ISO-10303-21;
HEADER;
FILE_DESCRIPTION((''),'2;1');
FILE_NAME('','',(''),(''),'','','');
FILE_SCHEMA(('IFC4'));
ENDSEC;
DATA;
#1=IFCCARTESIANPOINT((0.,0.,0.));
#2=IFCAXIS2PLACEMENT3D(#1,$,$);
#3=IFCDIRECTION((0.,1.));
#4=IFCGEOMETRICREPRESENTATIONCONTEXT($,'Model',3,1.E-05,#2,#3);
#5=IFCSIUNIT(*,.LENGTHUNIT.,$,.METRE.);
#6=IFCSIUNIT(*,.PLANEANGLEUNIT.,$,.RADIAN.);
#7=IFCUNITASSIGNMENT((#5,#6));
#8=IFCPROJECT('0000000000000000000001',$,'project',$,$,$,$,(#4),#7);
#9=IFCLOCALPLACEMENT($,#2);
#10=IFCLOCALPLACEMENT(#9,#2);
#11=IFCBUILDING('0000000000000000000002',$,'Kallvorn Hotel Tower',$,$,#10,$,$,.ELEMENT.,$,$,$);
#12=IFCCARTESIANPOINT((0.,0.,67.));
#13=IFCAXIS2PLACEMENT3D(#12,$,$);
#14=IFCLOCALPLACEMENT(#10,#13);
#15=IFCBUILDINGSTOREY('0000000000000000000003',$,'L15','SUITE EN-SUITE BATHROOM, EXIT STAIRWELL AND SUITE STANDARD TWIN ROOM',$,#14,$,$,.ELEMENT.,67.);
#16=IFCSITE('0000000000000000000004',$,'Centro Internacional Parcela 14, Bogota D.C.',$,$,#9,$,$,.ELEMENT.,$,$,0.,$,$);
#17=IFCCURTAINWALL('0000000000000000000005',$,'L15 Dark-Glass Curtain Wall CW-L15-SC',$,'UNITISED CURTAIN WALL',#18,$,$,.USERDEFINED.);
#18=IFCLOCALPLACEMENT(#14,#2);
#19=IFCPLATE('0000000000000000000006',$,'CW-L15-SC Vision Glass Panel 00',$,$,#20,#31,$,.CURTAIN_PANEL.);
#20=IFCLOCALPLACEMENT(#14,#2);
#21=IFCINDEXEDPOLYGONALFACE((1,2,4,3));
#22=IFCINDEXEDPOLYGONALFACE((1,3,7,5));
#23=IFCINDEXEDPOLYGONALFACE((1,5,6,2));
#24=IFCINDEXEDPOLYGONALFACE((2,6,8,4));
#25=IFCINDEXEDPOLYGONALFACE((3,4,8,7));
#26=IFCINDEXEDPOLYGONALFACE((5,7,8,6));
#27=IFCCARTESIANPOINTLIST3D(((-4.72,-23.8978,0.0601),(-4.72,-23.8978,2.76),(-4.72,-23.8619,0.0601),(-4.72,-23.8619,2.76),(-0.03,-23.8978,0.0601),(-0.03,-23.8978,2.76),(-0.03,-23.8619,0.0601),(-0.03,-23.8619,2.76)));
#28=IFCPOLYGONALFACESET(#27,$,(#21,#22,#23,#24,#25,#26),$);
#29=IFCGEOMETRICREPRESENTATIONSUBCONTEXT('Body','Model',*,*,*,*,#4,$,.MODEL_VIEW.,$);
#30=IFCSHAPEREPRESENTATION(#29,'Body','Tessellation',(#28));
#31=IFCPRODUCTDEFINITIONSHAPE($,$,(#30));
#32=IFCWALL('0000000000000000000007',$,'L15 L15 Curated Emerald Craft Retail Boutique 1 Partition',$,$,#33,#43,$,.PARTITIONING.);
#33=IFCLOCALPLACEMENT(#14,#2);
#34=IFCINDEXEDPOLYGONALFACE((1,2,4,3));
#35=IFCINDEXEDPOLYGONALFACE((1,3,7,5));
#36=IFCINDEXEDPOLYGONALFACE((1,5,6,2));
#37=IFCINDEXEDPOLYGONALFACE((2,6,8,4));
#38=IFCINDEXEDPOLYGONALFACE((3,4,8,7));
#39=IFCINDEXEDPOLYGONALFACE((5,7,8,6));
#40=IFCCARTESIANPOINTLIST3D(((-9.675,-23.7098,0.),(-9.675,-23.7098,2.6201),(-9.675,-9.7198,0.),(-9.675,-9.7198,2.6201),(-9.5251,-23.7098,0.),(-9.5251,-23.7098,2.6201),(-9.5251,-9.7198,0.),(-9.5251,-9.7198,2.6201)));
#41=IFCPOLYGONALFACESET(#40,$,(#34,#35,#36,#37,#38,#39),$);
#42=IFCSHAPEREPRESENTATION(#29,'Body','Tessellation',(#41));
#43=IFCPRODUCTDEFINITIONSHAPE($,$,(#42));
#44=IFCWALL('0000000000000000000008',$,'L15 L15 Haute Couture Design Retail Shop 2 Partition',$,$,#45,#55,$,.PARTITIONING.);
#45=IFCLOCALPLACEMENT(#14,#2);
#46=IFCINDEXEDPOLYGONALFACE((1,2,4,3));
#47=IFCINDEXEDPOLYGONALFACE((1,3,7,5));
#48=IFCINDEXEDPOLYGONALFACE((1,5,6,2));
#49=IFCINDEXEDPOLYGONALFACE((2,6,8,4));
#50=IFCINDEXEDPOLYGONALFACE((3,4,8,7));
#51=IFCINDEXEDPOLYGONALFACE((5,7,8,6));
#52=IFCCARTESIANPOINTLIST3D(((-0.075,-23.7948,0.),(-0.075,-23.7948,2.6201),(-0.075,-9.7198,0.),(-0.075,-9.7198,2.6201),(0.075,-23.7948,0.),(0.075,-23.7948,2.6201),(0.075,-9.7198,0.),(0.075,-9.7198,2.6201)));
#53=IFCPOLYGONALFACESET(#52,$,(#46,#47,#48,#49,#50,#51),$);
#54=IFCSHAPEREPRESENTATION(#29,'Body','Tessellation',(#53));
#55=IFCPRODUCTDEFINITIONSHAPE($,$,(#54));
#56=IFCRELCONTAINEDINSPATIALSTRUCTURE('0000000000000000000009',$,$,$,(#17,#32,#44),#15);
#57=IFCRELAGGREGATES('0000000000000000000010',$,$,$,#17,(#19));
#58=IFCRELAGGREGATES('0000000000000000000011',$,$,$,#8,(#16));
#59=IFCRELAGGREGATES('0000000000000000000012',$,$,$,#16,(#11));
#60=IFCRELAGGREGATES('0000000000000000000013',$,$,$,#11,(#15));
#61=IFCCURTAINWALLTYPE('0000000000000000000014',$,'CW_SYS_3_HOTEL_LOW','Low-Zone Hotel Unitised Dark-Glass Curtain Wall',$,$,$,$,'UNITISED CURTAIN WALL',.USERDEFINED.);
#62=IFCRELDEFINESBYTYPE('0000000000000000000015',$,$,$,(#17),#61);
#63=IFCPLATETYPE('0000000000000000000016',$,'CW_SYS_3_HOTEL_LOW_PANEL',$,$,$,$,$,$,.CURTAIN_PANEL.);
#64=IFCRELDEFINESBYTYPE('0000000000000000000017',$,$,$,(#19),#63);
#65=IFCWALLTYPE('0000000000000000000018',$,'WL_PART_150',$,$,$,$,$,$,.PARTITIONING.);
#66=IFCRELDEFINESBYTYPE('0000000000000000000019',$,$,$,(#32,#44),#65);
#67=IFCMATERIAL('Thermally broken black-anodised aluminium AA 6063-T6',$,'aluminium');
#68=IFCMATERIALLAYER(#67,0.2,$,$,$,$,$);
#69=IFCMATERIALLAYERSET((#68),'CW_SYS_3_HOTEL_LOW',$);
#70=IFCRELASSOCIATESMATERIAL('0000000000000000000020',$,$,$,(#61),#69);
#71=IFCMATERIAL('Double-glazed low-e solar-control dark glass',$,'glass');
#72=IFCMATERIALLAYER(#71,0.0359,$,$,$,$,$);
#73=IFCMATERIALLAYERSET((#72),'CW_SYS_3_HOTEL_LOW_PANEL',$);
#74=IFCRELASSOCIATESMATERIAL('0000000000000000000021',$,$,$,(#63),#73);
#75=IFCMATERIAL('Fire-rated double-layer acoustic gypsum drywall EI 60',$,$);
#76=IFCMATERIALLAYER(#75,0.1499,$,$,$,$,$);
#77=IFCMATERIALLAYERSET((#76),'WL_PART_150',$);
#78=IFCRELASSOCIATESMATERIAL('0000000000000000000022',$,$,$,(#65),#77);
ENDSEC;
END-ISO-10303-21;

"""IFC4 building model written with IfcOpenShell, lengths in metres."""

from ifc_helpers import new_model, si_unit, direction, frame, frame_2d, origin, origin_2d, place, context, subcontext, project, spatial, rectangle, extrude, material, layer, layer_set, type_object, element, aggregate, save


model = new_model("IFC4")

# Units and contexts
model_context = context("Model", 3, precision=1e-05, world=origin(), true_north=direction((0.0, 1.0)))
body_context = subcontext(model_context, "Body", "Model", "MODEL_VIEW")
ifc_project = project(units=[si_unit("LENGTHUNIT", "METRE"), si_unit("PLANEANGLEUNIT", "RADIAN")], contexts=[model_context])

# Site, building, storey
site_placement = place(None, origin())
site = spatial("IfcSite", under=ifc_project, at=site_placement, Name="Centro Internacional Parcela 14, Bogota D.C.", CompositionType="ELEMENT", RefElevation=0.0)
building_placement = place(site_placement, origin())
building = spatial("IfcBuilding", under=site, at=building_placement, Name="Kallvorn Hotel Tower", CompositionType="ELEMENT")
storey_placement = place(building_placement, frame((0.0, 0.0, 67.0)))
storey = spatial("IfcBuildingStorey", under=building, at=storey_placement, Name="L15", Description="SUITE EN-SUITE BATHROOM, EXIT STAIRWELL AND SUITE STANDARD TWIN ROOM", CompositionType="ELEMENT", Elevation=67.0)

# Curtain wall, plate
ifc_material_1 = material(Name="Thermally broken black-anodised aluminium AA 6063-T6", Category="aluminium")
ifc_layer_1 = layer(ifc_material_1, 0.2)
ifc_layer_set_1 = layer_set([ifc_layer_1], Name="CW_SYS_3_HOTEL_LOW")
curtain_wall_type = type_object("IfcCurtainWallType", Name="CW_SYS_3_HOTEL_LOW", Description="Low-Zone Hotel Unitised Dark-Glass Curtain Wall", ElementType="UNITISED CURTAIN WALL", PredefinedType="USERDEFINED", material=ifc_layer_set_1)
curtain_wall_placement = place(storey_placement, origin())
curtain_wall = element("IfcCurtainWall", 1, at=curtain_wall_placement, inside=storey, type_object=curtain_wall_type, Name="L15 Dark-Glass Curtain Wall CW-L15-SC", ObjectType="UNITISED CURTAIN WALL", PredefinedType="USERDEFINED")
ifc_material_2 = material(Name="Double-glazed low-e solar-control dark glass", Category="glass")
ifc_layer_2 = layer(ifc_material_2, 0.0359)
ifc_layer_set_2 = layer_set([ifc_layer_2], Name="CW_SYS_3_HOTEL_LOW_PANEL")
plate_type = type_object("IfcPlateType", Name="CW_SYS_3_HOTEL_LOW_PANEL", PredefinedType="CURTAIN_PANEL", material=ifc_layer_set_2)
plate_placement = place(storey_placement, frame((-2.375, -23.8799, 0.0601), z_axis=(0.0, 0.0, 1.0), x_axis=(1.0, 0.0, 0.0)))
plate = element("IfcPlate", 2, at=plate_placement, type_object=plate_type, Name="CW-L15-SC Vision Glass Panel 00", PredefinedType="CURTAIN_PANEL", context=body_context, shape_type="SweptSolid", body=[
    extrude(rectangle(XDim=4.6899, YDim=0.0359, at=origin_2d()), origin(), (0.0, 0.0, 1.0), 2.7),
])
aggregate(curtain_wall, [plate])

# Walls
ifc_material_3 = material(Name="Fire-rated double-layer acoustic gypsum drywall EI 60")
ifc_layer_3 = layer(ifc_material_3, 0.1499)
ifc_layer_set_3 = layer_set([ifc_layer_3], Name="WL_PART_150")
wall_type = type_object("IfcWallType", Name="WL_PART_150", PredefinedType="PARTITIONING", material=ifc_layer_set_3)
wall_1_placement = place(storey_placement, frame((-9.6001, -23.71, 0.0), z_axis=(0.0, 0.0, 1.0), x_axis=(0.0, 1.0, 0.0)))
element("IfcWall", 3, at=wall_1_placement, inside=storey, type_object=wall_type, Name="L15 L15 Curated Emerald Craft Retail Boutique 1 Partition", PredefinedType="PARTITIONING", context=body_context, shape_type="SweptSolid", body=[
    extrude(rectangle(XDim=13.99, YDim=0.1499, at=frame_2d((6.9951, 0.0))), origin(), (0.0, 0.0, 1.0), 2.6201),
])
wall_2_placement = place(storey_placement, frame((0.0, -23.7949, 0.0), z_axis=(0.0, 0.0, 1.0), x_axis=(0.0, 1.0, 0.0)))
element("IfcWall", 4, at=wall_2_placement, inside=storey, type_object=wall_type, Name="L15 L15 Haute Couture Design Retail Shop 2 Partition", PredefinedType="PARTITIONING", context=body_context, shape_type="SweptSolid", body=[
    extrude(rectangle(XDim=14.075, YDim=0.1499, at=frame_2d((7.0376, 0.0))), origin(), (0.0, 0.0, 1.0), 2.6201),
])

save(model, "model.ifc")
